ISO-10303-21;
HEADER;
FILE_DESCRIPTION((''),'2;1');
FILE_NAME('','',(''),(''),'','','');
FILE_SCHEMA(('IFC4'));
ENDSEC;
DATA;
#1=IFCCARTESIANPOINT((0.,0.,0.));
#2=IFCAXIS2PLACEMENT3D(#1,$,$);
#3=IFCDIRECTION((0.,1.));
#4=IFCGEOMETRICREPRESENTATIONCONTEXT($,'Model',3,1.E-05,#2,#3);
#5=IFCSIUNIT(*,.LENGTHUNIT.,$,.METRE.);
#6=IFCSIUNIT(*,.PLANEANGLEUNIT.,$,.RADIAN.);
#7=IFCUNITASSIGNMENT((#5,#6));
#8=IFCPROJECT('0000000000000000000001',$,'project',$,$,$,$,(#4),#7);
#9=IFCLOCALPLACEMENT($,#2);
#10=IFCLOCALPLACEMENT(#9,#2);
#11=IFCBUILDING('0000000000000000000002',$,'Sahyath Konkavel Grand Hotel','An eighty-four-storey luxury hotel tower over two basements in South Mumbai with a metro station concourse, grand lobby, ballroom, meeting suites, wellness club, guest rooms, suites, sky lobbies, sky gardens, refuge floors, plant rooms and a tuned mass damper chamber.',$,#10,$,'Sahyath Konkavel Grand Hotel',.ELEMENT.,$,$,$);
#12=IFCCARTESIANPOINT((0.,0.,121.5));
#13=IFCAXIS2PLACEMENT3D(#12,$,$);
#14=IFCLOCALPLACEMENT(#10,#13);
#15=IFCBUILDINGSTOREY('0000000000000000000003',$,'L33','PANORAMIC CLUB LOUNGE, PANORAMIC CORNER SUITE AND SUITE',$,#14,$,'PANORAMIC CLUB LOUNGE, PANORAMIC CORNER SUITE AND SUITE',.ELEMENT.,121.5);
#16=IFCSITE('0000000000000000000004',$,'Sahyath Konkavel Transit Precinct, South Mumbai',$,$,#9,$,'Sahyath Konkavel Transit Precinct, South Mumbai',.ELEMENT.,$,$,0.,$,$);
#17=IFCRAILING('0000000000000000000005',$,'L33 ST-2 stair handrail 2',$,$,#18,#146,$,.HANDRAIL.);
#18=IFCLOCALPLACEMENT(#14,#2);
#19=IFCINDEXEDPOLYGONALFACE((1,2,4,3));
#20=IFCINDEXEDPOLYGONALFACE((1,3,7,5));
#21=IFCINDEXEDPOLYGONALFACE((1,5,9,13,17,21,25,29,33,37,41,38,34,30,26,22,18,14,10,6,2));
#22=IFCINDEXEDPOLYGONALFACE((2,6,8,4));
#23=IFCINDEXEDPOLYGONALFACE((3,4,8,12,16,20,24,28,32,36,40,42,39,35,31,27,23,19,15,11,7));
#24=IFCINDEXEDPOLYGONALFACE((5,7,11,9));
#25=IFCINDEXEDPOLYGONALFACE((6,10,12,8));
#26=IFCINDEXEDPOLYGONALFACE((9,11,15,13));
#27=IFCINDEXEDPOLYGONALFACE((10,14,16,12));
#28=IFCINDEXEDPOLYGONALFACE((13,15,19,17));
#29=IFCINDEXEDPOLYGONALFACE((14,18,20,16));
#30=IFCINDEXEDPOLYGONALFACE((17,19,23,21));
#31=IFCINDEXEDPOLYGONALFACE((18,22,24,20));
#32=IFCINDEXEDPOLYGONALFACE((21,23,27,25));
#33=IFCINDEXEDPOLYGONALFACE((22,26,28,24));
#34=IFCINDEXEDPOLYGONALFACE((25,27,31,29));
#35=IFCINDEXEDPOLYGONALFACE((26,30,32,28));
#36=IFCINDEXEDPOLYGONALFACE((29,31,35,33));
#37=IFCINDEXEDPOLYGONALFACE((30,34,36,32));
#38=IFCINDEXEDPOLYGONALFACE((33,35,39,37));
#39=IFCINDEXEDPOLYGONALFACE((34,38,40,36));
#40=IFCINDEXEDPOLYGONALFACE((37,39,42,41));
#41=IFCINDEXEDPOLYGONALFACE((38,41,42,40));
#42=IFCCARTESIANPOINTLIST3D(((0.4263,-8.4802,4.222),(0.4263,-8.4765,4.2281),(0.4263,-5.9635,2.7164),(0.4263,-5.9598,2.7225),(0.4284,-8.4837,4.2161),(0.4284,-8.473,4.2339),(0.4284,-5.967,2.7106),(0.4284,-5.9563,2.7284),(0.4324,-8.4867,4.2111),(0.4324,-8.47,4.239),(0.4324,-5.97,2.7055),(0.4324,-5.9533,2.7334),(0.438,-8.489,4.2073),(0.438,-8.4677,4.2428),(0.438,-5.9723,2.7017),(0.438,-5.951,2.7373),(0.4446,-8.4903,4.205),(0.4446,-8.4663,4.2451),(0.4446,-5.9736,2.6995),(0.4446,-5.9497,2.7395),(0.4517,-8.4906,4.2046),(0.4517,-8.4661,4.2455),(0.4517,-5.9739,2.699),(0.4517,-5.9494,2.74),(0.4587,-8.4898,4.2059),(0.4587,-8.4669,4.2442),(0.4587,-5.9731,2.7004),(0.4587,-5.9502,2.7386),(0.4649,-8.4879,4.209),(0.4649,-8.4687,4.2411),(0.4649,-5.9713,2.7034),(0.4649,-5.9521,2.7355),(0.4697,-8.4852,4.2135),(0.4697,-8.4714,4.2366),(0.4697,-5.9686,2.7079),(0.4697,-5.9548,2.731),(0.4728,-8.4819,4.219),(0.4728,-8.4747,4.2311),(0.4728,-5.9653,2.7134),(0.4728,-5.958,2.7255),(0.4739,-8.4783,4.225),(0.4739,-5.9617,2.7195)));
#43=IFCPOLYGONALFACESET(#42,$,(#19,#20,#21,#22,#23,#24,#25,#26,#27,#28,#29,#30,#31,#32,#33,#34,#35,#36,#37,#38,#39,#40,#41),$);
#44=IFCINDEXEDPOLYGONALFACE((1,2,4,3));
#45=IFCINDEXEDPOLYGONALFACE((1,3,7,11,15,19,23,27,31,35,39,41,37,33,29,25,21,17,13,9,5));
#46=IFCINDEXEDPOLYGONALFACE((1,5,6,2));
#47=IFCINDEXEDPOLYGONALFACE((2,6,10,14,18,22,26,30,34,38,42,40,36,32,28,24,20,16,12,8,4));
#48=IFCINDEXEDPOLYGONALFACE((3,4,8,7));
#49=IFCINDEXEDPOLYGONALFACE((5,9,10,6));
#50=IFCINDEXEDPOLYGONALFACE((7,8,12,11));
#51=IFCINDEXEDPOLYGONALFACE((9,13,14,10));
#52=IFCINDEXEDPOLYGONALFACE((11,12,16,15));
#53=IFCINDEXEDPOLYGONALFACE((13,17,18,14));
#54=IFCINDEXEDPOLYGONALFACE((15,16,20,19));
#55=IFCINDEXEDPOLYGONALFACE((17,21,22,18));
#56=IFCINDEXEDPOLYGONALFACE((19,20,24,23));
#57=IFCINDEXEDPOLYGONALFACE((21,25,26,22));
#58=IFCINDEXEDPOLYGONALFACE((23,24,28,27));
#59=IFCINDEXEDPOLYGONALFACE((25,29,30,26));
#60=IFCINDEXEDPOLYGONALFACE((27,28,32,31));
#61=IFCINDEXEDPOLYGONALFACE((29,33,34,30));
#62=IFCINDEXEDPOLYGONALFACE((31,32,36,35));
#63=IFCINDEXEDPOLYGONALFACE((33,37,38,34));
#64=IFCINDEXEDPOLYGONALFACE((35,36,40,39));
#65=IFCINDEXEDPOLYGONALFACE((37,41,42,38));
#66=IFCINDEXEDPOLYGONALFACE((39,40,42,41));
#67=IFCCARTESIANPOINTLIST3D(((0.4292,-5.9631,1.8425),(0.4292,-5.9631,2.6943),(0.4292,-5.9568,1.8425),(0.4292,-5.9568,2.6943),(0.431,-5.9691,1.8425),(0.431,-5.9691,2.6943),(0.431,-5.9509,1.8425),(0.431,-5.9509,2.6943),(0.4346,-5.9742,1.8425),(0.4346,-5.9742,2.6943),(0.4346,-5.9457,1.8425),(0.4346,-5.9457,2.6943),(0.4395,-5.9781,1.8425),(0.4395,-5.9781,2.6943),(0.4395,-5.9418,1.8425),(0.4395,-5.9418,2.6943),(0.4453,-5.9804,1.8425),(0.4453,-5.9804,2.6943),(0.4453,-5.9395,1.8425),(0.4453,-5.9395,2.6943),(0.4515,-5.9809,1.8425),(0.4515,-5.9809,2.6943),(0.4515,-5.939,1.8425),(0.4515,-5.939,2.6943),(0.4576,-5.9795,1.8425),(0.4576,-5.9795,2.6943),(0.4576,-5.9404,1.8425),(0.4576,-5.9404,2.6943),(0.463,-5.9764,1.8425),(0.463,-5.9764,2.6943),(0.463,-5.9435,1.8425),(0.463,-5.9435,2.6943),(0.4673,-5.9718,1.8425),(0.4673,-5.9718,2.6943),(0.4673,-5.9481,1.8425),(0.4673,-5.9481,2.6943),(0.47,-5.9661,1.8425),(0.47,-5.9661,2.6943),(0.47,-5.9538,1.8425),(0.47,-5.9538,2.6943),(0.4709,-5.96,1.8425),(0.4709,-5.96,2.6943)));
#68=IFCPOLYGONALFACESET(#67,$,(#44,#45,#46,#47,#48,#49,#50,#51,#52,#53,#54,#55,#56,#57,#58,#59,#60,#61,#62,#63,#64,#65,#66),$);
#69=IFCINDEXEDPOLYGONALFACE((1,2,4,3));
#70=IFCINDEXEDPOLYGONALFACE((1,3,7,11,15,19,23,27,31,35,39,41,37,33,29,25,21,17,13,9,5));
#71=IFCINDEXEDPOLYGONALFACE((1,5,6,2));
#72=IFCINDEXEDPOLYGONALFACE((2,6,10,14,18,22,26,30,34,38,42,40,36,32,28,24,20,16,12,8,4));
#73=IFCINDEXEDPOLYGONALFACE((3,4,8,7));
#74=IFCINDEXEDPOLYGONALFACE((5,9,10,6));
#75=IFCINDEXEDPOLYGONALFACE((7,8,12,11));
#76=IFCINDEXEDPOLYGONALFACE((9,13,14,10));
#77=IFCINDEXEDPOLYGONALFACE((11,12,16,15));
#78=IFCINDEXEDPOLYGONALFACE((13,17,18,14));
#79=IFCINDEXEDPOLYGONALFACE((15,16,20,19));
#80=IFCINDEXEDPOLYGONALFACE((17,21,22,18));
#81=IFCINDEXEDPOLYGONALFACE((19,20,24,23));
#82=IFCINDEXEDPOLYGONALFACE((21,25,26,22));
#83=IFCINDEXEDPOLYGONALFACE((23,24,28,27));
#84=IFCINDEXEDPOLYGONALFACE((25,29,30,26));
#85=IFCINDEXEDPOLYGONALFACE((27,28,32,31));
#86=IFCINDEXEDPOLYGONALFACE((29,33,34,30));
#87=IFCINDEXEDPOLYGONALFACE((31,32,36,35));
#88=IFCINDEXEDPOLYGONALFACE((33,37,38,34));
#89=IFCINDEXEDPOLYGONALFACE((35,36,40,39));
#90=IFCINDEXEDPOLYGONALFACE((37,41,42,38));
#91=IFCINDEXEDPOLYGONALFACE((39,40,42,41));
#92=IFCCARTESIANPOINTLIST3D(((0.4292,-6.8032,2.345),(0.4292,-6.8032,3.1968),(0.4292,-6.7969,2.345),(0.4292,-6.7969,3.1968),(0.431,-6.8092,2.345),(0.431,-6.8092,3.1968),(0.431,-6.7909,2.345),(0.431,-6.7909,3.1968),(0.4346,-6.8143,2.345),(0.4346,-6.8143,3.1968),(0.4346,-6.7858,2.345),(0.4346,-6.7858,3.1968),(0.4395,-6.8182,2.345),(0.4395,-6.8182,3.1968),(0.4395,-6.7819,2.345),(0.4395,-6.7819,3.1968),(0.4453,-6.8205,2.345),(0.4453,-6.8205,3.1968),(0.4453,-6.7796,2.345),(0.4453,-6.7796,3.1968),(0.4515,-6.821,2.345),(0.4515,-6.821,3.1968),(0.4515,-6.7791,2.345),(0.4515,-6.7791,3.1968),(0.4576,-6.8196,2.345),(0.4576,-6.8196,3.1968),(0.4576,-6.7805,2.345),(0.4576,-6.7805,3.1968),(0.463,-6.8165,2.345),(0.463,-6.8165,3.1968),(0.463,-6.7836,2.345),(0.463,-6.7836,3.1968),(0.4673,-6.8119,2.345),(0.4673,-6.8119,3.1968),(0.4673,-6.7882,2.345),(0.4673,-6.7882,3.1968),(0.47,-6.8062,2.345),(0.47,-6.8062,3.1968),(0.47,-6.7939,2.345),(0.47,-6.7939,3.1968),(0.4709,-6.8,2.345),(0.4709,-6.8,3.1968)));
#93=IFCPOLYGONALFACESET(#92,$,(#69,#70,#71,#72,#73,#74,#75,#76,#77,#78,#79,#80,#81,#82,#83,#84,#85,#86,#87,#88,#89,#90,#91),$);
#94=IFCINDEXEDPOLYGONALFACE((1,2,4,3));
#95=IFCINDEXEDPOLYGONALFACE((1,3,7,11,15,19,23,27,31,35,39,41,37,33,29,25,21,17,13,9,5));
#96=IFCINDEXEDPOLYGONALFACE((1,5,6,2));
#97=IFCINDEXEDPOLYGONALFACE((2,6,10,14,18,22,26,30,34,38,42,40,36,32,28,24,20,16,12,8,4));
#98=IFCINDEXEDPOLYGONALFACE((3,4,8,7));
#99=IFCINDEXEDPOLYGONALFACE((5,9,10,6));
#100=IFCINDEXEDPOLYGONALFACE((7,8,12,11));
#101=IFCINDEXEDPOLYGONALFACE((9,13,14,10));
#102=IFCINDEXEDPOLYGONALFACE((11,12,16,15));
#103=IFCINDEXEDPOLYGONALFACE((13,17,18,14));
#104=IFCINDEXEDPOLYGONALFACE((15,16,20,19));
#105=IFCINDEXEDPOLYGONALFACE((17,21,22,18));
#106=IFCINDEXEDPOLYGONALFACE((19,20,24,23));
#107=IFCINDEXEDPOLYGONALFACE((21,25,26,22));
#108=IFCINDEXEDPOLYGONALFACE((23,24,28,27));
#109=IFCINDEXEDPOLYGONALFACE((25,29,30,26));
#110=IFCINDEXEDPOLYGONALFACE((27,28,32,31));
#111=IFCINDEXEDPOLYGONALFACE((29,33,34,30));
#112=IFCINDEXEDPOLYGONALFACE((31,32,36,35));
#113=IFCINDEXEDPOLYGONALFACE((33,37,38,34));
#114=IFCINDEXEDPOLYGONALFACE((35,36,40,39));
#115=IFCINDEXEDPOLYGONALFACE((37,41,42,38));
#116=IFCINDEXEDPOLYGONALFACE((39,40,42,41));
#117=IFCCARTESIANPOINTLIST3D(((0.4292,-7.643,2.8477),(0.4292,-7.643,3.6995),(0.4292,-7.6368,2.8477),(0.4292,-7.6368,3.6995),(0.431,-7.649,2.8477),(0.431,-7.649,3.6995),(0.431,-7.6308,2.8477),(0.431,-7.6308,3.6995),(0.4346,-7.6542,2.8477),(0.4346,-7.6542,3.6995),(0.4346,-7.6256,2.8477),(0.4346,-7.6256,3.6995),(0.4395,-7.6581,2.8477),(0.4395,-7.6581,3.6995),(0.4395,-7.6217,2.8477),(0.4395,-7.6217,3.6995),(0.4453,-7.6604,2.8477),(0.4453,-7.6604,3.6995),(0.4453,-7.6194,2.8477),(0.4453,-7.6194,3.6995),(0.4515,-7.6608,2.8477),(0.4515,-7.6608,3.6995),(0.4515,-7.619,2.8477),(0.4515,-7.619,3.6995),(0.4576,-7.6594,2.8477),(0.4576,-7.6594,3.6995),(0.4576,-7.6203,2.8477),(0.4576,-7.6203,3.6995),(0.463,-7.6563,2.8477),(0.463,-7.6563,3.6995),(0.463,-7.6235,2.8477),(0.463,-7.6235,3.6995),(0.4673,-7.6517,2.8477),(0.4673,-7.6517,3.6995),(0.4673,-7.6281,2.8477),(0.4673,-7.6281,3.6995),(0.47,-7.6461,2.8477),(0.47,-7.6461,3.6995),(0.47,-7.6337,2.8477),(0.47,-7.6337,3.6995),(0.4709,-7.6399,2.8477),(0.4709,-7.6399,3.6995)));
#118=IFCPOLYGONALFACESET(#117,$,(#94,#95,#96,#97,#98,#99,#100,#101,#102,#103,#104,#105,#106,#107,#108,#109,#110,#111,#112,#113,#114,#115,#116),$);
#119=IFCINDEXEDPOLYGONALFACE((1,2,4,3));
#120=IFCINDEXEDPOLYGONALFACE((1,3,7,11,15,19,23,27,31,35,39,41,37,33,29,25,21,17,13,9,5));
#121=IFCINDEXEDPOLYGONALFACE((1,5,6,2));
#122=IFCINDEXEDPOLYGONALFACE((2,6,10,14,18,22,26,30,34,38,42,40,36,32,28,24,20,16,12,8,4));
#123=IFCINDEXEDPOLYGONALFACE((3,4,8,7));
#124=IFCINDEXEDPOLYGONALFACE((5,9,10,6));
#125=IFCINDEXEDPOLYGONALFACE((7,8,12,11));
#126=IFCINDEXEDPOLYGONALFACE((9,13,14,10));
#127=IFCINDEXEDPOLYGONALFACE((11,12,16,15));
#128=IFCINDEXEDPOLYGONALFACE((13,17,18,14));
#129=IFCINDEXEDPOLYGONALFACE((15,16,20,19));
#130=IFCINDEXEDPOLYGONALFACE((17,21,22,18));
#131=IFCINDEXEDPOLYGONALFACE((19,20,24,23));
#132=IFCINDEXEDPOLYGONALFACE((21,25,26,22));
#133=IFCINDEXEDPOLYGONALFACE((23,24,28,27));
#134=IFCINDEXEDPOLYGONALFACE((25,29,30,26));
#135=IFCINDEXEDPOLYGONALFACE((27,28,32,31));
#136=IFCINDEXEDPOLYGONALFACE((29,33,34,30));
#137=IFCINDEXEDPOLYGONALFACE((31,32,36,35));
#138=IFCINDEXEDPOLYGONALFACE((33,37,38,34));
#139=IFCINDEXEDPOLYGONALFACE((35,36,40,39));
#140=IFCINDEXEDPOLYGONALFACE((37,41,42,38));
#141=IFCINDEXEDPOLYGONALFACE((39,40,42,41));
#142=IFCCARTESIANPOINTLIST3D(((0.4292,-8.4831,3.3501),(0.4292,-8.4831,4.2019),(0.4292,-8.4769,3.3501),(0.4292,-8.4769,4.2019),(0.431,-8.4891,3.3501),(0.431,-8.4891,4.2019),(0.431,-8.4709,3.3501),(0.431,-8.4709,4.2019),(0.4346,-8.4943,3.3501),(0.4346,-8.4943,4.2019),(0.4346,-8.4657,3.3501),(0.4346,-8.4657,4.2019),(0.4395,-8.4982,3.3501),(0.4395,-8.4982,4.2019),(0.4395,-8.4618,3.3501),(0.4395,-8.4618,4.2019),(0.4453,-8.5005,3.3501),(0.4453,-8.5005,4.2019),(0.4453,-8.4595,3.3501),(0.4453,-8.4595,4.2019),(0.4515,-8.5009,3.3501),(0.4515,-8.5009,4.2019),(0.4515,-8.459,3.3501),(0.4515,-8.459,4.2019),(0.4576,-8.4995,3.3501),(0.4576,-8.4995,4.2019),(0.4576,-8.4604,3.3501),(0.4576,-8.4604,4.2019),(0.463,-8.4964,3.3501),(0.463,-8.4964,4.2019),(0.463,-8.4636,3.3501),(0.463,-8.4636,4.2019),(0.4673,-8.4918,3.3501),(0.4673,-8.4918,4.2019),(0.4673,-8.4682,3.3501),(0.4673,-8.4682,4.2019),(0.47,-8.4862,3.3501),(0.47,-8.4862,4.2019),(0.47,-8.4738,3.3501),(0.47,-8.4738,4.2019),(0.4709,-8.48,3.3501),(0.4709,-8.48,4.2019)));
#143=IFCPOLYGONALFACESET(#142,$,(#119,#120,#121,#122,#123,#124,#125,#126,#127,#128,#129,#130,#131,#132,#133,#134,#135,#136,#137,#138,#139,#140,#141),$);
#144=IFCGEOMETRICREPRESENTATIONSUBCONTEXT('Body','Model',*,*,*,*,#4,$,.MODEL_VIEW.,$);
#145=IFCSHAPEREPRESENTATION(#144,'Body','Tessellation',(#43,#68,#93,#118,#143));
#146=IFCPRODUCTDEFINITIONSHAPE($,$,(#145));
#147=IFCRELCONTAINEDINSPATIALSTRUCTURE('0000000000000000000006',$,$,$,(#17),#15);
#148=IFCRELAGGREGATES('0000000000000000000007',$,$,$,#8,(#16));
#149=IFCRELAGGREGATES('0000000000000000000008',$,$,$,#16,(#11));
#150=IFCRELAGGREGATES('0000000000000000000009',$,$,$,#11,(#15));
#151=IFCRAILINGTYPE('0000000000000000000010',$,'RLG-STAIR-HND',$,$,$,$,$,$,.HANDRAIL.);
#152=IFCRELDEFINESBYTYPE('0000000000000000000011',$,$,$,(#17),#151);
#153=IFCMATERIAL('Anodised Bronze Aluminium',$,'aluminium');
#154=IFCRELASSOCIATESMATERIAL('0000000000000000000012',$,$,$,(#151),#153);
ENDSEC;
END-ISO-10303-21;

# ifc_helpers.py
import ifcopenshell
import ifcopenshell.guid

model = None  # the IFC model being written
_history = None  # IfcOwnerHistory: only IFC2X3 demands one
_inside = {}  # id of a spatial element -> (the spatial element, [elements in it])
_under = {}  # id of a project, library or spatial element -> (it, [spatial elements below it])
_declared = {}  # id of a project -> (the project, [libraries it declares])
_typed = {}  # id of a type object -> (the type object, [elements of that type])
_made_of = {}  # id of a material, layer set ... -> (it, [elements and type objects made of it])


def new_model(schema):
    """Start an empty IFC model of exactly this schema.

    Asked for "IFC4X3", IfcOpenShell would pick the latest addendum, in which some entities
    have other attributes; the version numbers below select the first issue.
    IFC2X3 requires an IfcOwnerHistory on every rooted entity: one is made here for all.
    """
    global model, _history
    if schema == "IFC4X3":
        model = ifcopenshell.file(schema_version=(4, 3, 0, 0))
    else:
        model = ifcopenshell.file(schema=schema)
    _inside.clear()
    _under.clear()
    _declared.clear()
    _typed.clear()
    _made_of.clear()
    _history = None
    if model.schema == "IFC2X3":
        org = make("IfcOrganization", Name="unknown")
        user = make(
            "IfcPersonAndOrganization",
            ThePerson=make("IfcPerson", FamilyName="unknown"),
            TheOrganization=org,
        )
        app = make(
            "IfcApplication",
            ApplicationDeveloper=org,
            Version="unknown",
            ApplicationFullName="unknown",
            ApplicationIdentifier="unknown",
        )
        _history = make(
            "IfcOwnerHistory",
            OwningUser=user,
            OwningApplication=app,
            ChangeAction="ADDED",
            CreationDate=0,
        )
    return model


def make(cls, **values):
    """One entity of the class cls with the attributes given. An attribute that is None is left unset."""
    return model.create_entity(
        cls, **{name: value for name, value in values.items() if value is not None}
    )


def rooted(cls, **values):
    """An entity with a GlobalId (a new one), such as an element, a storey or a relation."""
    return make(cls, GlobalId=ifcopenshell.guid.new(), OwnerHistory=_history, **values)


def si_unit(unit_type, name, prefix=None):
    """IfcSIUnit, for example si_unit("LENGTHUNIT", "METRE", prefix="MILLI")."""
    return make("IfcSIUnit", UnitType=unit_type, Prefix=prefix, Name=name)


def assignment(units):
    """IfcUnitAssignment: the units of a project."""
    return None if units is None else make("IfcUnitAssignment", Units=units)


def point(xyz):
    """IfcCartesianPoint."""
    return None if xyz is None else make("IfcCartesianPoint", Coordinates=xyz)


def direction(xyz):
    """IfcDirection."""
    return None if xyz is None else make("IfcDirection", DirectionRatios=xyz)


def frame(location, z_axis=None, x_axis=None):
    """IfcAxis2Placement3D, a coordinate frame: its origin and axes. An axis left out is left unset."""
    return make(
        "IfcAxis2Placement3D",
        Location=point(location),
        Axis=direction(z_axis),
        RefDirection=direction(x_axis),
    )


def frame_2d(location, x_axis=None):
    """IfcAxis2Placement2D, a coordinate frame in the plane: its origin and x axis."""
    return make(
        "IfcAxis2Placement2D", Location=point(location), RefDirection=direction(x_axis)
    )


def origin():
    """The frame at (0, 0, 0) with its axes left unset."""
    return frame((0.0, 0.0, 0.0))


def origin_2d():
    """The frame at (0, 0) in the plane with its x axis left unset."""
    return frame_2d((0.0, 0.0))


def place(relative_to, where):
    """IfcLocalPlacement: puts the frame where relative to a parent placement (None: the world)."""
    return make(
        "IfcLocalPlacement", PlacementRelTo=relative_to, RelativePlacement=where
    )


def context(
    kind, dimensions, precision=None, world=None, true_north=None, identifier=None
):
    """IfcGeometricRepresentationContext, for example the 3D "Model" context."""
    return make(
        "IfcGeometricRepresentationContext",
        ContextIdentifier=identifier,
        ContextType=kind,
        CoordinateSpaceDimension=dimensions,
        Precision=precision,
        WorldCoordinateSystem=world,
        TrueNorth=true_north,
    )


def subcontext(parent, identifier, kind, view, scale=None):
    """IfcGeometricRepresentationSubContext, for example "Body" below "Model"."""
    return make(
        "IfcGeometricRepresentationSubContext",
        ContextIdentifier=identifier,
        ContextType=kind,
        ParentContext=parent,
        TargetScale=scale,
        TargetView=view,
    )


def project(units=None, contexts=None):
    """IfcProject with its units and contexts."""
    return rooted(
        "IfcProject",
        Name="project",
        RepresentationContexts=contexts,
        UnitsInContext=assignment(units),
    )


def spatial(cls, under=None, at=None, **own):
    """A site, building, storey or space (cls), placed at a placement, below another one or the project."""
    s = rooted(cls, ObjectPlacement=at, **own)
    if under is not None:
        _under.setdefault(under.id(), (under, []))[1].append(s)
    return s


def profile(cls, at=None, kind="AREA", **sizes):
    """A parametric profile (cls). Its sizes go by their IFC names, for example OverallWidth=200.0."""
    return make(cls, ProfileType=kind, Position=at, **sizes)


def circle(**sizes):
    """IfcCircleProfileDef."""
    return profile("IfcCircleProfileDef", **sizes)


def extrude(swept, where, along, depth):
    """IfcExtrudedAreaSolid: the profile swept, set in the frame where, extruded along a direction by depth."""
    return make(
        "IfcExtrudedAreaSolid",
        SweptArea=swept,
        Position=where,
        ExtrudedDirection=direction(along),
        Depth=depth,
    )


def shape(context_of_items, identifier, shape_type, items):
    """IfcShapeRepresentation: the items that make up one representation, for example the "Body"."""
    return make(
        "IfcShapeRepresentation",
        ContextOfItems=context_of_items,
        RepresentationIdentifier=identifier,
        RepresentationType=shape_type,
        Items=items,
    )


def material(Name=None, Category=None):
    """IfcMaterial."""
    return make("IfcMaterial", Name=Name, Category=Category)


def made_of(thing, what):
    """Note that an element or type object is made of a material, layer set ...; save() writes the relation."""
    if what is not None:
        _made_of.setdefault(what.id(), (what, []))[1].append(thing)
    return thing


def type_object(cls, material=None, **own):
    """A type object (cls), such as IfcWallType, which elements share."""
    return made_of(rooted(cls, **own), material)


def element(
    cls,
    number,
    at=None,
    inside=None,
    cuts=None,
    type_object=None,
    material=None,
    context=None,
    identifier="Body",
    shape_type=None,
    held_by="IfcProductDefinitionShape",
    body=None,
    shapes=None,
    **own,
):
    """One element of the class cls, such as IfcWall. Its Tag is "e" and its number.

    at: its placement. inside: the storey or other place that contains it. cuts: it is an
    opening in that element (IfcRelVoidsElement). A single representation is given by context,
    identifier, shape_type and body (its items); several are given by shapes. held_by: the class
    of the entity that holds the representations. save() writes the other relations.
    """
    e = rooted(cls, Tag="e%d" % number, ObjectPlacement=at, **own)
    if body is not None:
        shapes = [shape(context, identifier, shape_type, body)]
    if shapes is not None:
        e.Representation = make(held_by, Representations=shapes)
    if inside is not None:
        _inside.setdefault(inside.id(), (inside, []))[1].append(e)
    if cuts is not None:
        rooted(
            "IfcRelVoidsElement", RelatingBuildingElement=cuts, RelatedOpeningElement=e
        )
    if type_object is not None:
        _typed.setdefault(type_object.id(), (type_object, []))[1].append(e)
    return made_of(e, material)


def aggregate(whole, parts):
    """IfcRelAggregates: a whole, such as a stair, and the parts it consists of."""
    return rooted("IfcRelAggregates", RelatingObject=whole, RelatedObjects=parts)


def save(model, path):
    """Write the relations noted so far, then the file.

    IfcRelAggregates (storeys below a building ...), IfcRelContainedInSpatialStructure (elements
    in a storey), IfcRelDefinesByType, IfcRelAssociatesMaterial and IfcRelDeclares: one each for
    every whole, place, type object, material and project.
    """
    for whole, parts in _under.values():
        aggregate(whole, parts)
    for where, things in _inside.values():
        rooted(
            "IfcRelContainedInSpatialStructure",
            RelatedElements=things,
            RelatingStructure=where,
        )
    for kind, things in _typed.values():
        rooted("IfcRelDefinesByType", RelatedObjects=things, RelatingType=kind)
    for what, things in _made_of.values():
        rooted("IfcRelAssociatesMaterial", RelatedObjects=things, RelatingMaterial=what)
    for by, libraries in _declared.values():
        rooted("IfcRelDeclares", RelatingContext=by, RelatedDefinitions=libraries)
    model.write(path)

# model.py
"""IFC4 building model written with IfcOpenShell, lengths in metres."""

from ifc_helpers import new_model, si_unit, direction, frame, origin, origin_2d, place, context, subcontext, project, spatial, circle, extrude, material, type_object, element, save


model = new_model("IFC4")

# Units and contexts
model_context = context("Model", 3, precision=1e-05, world=origin(), true_north=direction((0.0, 1.0)))
body_context = subcontext(model_context, "Body", "Model", "MODEL_VIEW")
ifc_project = project(units=[si_unit("LENGTHUNIT", "METRE"), si_unit("PLANEANGLEUNIT", "RADIAN")], contexts=[model_context])

# Site, building, storey
site_placement = place(None, origin())
site = spatial("IfcSite", under=ifc_project, at=site_placement, Name="Sahyath Konkavel Transit Precinct, South Mumbai", LongName="Sahyath Konkavel Transit Precinct, South Mumbai", CompositionType="ELEMENT", RefElevation=0.0)
building_placement = place(site_placement, origin())
building = spatial("IfcBuilding", under=site, at=building_placement, Name="Sahyath Konkavel Grand Hotel", Description="An eighty-four-storey luxury hotel tower over two basements in South Mumbai with a metro station concourse, grand lobby, ballroom, meeting suites, wellness club, guest rooms, suites, sky lobbies, sky gardens, refuge floors, plant rooms and a tuned mass damper chamber.", LongName="Sahyath Konkavel Grand Hotel", CompositionType="ELEMENT")
storey_placement = place(building_placement, frame((0.0, 0.0, 121.5)))
storey = spatial("IfcBuildingStorey", under=building, at=storey_placement, Name="L33", Description="PANORAMIC CLUB LOUNGE, PANORAMIC CORNER SUITE AND SUITE", LongName="PANORAMIC CLUB LOUNGE, PANORAMIC CORNER SUITE AND SUITE", CompositionType="ELEMENT", Elevation=121.5)

# Shared definitions
ifc_material_1 = material(Name="Anodised Bronze Aluminium", Category="aluminium")

# Railing
railing_type_1 = type_object("IfcRailingType", Name="RLG-STAIR-HND", PredefinedType="HANDRAIL", material=ifc_material_1)
railing_1_placement = place(storey_placement, frame((0.45, -5.96, 1.8425)))
element("IfcRailing", 1, at=railing_1_placement, inside=storey, type_object=railing_type_1, Name="L33 ST-2 stair handrail 2", PredefinedType="HANDRAIL", context=body_context, shape_type="SweptSolid", body=[
    extrude(circle(Radius=0.0239, at=origin_2d()), frame((0.0, -0.0017, 0.877), z_axis=(0.0, -0.85816, 0.513383), x_axis=(1.0, 0.0, 0.0)), (0.0, 0.0, 1.0), 2.9326),
    extrude(circle(Radius=0.021, at=origin_2d()), origin(), (0.0, 0.0, 1.0), 0.8518),
    extrude(circle(Radius=0.021, at=origin_2d()), frame((0.0, -0.8401, 0.5024)), (0.0, 0.0, 1.0), 0.8518),
    extrude(circle(Radius=0.021, at=origin_2d()), frame((0.0, -1.6799, 1.0051)), (0.0, 0.0, 1.0), 0.8518),
    extrude(circle(Radius=0.021, at=origin_2d()), frame((0.0, -2.52, 1.5076)), (0.0, 0.0, 1.0), 0.8518),
])

save(model, "model.ifc")
